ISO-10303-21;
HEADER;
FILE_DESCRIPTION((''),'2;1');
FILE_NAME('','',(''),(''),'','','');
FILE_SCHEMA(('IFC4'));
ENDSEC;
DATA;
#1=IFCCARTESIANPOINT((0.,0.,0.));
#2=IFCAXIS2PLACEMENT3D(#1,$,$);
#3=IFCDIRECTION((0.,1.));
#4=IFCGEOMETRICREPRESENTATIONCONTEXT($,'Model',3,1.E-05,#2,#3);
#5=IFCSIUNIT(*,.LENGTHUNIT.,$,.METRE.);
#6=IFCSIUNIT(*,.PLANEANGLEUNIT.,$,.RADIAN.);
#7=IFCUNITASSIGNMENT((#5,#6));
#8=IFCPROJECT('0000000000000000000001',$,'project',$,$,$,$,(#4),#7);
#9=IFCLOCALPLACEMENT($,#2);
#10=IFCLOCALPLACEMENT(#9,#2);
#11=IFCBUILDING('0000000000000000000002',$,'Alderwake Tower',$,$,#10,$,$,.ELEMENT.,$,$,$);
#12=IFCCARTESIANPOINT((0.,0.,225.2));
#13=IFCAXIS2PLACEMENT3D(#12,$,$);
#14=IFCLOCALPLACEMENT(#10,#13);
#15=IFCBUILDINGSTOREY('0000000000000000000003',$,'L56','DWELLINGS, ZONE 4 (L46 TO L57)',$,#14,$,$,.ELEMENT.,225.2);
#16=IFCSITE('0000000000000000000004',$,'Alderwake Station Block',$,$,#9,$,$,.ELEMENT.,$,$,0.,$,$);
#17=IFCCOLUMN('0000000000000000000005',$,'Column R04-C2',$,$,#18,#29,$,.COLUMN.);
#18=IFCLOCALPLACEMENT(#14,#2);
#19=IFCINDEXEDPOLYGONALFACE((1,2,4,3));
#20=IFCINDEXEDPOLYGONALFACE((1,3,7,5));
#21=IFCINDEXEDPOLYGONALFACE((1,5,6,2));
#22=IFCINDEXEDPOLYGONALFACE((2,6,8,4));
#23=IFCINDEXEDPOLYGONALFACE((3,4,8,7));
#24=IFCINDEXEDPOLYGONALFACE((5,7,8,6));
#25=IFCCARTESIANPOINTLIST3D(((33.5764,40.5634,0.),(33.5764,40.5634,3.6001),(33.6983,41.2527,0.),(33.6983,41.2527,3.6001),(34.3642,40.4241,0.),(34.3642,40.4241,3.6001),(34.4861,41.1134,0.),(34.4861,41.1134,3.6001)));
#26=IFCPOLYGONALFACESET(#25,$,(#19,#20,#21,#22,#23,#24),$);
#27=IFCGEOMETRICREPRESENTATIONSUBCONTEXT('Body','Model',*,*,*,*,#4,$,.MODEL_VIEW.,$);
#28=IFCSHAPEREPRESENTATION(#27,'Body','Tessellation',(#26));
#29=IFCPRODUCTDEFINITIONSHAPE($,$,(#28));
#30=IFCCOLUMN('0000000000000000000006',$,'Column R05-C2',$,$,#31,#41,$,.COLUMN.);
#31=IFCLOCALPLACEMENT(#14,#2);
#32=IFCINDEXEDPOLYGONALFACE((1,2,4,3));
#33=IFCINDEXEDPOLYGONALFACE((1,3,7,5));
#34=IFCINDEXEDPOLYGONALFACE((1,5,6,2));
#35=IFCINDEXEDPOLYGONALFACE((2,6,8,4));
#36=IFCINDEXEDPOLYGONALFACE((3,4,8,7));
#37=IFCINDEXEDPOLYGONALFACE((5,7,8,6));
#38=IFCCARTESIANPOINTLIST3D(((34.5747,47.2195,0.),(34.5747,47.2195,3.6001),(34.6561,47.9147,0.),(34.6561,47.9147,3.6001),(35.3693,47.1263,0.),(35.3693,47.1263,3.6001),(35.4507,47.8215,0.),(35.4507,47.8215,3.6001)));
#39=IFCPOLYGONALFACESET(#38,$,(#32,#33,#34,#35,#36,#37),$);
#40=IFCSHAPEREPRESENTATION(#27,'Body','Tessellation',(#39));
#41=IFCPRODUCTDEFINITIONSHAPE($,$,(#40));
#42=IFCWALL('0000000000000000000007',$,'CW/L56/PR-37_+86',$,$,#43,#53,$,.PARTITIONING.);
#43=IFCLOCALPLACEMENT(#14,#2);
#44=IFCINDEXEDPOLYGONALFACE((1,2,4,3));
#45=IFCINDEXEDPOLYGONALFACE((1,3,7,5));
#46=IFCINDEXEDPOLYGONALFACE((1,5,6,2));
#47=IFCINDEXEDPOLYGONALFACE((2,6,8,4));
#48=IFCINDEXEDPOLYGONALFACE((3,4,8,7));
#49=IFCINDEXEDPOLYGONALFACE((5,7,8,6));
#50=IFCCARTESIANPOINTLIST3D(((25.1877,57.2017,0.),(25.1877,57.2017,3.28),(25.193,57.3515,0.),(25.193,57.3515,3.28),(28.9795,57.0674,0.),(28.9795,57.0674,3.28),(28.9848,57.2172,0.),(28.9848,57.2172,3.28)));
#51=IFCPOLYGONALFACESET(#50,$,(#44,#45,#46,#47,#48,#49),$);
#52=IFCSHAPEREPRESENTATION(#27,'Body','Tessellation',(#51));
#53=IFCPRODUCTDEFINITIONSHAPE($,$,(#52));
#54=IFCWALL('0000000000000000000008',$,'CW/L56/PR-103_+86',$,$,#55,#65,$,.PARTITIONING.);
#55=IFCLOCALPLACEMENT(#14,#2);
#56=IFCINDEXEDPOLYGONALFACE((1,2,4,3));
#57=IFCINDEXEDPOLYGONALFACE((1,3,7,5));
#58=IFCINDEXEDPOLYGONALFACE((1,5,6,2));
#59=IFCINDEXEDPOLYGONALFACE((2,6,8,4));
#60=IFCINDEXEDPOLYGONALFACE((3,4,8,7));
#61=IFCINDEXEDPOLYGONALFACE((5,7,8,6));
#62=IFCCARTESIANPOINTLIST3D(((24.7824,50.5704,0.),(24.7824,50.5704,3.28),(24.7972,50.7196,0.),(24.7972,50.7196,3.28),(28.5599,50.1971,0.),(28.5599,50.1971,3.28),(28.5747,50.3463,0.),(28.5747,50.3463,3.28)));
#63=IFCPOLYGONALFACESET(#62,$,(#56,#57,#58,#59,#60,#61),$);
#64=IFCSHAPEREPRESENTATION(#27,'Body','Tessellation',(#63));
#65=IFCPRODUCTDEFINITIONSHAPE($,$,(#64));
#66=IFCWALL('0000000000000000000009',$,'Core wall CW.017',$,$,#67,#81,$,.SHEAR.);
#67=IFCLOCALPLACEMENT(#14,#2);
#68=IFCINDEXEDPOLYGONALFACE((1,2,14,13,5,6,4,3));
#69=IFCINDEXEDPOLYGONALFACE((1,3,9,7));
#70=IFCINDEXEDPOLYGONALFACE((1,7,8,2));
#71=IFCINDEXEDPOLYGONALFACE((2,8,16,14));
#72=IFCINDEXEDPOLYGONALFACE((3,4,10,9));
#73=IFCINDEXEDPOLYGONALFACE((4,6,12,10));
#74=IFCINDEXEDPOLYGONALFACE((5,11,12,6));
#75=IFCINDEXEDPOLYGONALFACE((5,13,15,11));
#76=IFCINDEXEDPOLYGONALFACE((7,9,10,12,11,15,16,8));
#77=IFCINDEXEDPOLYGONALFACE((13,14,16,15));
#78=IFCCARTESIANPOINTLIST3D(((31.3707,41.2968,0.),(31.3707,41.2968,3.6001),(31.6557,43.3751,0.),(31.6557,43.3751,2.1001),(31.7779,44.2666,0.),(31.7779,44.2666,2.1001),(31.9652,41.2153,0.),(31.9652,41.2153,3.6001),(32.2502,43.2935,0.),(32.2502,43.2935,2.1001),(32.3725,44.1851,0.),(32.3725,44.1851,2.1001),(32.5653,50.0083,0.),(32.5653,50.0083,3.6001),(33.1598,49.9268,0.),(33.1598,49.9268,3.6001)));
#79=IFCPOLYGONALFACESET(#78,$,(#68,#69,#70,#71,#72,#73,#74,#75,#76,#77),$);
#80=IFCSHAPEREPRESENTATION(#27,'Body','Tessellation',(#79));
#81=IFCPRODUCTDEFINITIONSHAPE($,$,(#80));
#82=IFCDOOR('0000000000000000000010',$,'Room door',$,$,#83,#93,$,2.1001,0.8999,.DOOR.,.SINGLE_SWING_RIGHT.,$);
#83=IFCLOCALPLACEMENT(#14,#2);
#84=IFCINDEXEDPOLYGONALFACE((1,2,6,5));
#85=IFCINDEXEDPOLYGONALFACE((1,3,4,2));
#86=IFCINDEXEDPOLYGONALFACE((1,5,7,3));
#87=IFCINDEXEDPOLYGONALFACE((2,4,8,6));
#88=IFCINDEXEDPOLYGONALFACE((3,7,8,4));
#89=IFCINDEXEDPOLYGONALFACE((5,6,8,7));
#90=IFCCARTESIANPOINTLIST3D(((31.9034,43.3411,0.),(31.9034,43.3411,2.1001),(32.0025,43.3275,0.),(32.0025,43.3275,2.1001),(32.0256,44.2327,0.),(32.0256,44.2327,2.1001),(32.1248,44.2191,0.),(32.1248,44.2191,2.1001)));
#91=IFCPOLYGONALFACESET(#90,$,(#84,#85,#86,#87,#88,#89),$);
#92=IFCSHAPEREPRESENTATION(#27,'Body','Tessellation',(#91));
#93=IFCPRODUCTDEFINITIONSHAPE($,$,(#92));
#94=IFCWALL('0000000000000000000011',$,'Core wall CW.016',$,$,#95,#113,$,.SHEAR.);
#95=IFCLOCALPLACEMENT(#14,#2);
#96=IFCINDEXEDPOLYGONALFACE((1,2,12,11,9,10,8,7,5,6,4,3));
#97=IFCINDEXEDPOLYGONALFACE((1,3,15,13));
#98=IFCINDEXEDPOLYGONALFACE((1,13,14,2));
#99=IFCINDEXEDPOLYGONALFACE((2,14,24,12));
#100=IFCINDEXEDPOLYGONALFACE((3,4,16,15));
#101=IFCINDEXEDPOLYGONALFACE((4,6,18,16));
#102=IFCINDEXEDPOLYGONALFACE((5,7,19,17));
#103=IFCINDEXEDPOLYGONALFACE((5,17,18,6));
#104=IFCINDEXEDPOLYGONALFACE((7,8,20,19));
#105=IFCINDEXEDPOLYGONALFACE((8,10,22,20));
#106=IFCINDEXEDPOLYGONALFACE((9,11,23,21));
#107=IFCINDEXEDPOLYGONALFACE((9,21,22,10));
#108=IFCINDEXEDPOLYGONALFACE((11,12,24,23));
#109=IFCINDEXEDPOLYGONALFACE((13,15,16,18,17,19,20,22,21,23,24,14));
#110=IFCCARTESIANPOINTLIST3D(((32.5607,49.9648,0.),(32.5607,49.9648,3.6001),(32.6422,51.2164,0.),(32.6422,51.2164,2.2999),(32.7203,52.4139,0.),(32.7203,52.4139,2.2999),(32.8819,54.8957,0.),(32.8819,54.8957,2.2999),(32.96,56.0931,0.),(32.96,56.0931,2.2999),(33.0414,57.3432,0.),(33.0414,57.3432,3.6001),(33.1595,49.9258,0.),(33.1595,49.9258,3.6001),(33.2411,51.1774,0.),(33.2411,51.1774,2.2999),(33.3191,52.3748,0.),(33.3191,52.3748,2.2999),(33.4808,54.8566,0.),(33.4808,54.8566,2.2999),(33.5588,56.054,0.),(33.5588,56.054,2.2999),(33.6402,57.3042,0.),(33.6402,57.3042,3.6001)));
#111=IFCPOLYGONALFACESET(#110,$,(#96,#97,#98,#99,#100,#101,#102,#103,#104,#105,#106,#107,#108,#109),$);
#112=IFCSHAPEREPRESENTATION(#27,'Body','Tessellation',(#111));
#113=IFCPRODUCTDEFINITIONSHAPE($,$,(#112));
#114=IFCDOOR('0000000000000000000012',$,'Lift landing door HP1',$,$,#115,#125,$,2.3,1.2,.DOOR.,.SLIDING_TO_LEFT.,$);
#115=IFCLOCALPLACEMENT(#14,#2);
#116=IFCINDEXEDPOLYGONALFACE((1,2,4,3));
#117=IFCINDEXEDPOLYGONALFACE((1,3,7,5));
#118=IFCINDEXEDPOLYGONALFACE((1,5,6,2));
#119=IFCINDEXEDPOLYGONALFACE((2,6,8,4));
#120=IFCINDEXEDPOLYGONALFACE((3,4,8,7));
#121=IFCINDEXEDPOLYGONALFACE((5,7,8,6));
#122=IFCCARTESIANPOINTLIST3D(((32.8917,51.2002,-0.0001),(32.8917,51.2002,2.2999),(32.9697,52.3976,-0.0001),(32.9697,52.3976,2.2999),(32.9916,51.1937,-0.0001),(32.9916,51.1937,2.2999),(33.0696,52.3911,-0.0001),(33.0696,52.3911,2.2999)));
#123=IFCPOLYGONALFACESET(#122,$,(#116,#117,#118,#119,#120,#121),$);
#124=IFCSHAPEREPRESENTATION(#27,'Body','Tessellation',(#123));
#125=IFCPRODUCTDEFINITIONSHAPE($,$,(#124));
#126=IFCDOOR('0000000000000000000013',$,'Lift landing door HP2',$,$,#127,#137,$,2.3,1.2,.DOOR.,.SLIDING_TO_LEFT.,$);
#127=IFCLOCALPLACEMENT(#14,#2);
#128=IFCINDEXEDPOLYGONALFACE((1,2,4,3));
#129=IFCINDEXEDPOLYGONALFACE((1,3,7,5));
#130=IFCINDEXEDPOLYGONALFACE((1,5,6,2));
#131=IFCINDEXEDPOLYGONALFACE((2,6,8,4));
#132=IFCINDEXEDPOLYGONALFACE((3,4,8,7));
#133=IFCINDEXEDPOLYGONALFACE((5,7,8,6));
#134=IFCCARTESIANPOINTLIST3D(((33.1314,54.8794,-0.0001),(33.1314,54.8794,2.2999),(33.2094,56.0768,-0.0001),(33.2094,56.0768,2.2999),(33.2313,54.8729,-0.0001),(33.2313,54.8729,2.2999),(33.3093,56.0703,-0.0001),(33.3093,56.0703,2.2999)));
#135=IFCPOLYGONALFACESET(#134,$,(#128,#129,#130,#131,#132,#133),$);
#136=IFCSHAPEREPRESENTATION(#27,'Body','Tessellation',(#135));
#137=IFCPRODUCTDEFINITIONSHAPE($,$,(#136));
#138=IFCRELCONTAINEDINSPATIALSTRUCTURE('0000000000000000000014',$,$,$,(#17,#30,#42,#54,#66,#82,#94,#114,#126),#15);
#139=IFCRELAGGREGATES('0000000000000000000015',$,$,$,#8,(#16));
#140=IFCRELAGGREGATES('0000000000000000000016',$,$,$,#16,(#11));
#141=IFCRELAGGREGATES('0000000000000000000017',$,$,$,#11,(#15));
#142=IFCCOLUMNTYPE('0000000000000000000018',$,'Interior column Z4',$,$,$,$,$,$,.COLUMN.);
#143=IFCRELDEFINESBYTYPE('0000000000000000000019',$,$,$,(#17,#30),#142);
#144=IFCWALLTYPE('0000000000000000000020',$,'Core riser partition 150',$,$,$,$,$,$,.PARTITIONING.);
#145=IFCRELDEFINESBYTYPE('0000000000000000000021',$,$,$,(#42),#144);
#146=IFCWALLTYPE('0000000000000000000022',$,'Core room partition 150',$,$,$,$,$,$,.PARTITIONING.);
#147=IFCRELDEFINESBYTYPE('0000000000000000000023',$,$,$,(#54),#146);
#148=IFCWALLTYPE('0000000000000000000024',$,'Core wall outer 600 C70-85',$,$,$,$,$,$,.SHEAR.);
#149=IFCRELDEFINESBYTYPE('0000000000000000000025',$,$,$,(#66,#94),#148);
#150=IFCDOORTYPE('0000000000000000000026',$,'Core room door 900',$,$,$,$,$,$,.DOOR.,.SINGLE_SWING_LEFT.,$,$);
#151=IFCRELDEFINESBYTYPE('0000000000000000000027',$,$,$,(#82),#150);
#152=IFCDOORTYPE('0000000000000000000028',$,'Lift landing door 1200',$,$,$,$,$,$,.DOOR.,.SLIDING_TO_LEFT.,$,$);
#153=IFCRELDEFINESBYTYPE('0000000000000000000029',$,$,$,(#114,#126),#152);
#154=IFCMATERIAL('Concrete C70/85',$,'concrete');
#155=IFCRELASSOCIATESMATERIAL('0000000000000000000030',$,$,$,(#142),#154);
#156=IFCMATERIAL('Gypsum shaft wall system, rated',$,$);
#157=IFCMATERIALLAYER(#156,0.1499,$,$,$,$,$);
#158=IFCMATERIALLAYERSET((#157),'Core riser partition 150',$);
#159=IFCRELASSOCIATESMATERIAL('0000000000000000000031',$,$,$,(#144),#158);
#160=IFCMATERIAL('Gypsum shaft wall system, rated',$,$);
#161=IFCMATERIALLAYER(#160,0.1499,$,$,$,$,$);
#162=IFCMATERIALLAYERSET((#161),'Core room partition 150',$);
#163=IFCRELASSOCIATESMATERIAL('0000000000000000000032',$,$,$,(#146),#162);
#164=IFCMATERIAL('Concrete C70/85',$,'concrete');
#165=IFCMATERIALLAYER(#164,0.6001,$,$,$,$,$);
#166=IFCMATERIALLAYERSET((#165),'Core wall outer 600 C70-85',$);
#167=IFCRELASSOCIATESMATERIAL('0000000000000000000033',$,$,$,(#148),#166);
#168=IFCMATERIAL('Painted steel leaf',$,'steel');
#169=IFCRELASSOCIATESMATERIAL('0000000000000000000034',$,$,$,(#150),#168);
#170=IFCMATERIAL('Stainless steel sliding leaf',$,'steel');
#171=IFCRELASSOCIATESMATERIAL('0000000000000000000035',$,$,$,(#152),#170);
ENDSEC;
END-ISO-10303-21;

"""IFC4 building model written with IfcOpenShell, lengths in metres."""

from ifc_helpers import new_model, si_unit, direction, frame, frame_2d, origin, origin_2d, place, context, subcontext, project, spatial, rectangle, extrude, material, layer, layer_set, material_profile, profile_set, type_object, element, fill, save


model = new_model("IFC4")

# Units and contexts
model_context = context("Model", 3, precision=1e-05, world=origin(), true_north=direction((0.0, 1.0)))
body_context = subcontext(model_context, "Body", "Model", "MODEL_VIEW")
ifc_project = project(units=[si_unit("LENGTHUNIT", "METRE"), si_unit("PLANEANGLEUNIT", "RADIAN")], contexts=[model_context])

# Site, building, storey
site_placement = place(None, origin())
site = spatial("IfcSite", under=ifc_project, at=site_placement, Name="Alderwake Station Block", CompositionType="ELEMENT", RefElevation=0.0)
building_placement = place(site_placement, origin())
building = spatial("IfcBuilding", under=site, at=building_placement, Name="Alderwake Tower", CompositionType="ELEMENT")
storey_placement = place(building_placement, frame((0.0, 0.0, 225.2)))
storey = spatial("IfcBuildingStorey", under=building, at=storey_placement, Name="L56", Description="DWELLINGS, ZONE 4 (L46 TO L57)", CompositionType="ELEMENT", Elevation=225.2)

# Columns
ifc_material_1 = material(Name="Concrete C70/85", Category="concrete")
ifc_material_profile = material_profile(ifc_material_1, rectangle(XDim=0.7, YDim=0.8, at=origin_2d()), Name="RC 800X700")
ifc_profile_set = profile_set([ifc_material_profile], Name="Concrete C70/85")
column_type = type_object("IfcColumnType", Name="Interior column Z4", PredefinedType="COLUMN", material=ifc_profile_set)
for number, where, z_axis, x_axis, name in (
    (1, (34.0312, 40.8384, 0.0), (0.0, 0.0, 1.0), (0.174109, 0.984726, 0.0), "Column R04-C2"),
    (2, (35.0127, 47.5205, 0.0), (0.0, 0.0, 1.0), (0.116402, 0.993202, 0.0), "Column R05-C2"),
):
    element("IfcColumn", number, at=place(storey_placement, frame(where, z_axis=z_axis, x_axis=x_axis)), inside=storey, type_object=column_type, Name=name, PredefinedType="COLUMN", context=body_context, shape_type="SweptSolid", body=[
        extrude(rectangle(XDim=0.7, YDim=0.8, at=origin_2d()), origin(), (0.0, 0.0, 1.0), 3.6001),
    ])

# Walls
ifc_material_2 = material(Name="Gypsum shaft wall system, rated")
ifc_layer_1 = layer(ifc_material_2, 0.1499)
ifc_layer_set_1 = layer_set([ifc_layer_1], Name="Core riser partition 150")
wall_type_1 = type_object("IfcWallType", Name="Core riser partition 150", PredefinedType="PARTITIONING", material=ifc_layer_set_1)
wall_1_placement = place(storey_placement, frame((25.1904, 57.2766, 0.0), z_axis=(0.0, 0.0, 1.0), x_axis=(0.999374, -0.035391, 0.0)))
element("IfcWall", 3, at=wall_1_placement, inside=storey, type_object=wall_type_1, Name="CW/L56/PR-37_+86", PredefinedType="PARTITIONING", context=body_context, shape_type="SweptSolid", body=[
    extrude(rectangle(XDim=3.7942, YDim=0.1499, at=frame_2d((1.897, 0.0))), origin(), (0.0, 0.0, 1.0), 3.28),
])
ifc_material_3 = material(Name="Gypsum shaft wall system, rated")
ifc_layer_2 = layer(ifc_material_3, 0.1499)
ifc_layer_set_2 = layer_set([ifc_layer_2], Name="Core room partition 150")
wall_type_2 = type_object("IfcWallType", Name="Core room partition 150", PredefinedType="PARTITIONING", material=ifc_layer_set_2)
wall_2_placement = place(storey_placement, frame((24.7898, 50.645, 0.0), z_axis=(0.0, 0.0, 1.0), x_axis=(0.995153, -0.098338, 0.0)))
element("IfcWall", 4, at=wall_2_placement, inside=storey, type_object=wall_type_2, Name="CW/L56/PR-103_+86", PredefinedType="PARTITIONING", context=body_context, shape_type="SweptSolid", body=[
    extrude(rectangle(XDim=3.7959, YDim=0.1499, at=frame_2d((1.8979, 0.0))), origin(), (0.0, 0.0, 1.0), 3.28),
])

# Wall, opening, door
ifc_material_4 = material(Name="Concrete C70/85", Category="concrete")
ifc_layer_3 = layer(ifc_material_4, 0.6001)
ifc_layer_set_3 = layer_set([ifc_layer_3], Name="Core wall outer 600 C70-85")
wall_type_3 = type_object("IfcWallType", Name="Core wall outer 600 C70-85", PredefinedType="SHEAR", material=ifc_layer_set_3)
wall_3_placement = place(storey_placement, frame((32.8625, 49.9675, 0.0), z_axis=(0.0, 0.0, 1.0), x_axis=(-0.135857, -0.990729, 0.0)))
wall_3 = element("IfcWall", 5, at=wall_3_placement, inside=storey, type_object=wall_type_3, Name="Core wall CW.017", PredefinedType="SHEAR", context=body_context, shape_type="SweptSolid", body=[
    extrude(rectangle(XDim=8.793, YDim=0.6001, at=frame_2d((4.3965, 0.0))), origin(), (0.0, 0.0, 1.0), 3.6001),
])
opening_1_placement = place(wall_3_placement, frame((5.7954, 0.0, 0.0)))
opening_1 = element("IfcOpeningElement", 6, at=opening_1_placement, cuts=wall_3, PredefinedType="OPENING", context=body_context, shape_type="SweptSolid", body=[
    extrude(rectangle(XDim=0.8999, YDim=2.1001, at=frame_2d((0.45, 1.05))), frame((0.0, 0.3101, 0.0), z_axis=(0.0, -1.0, 0.0), x_axis=(1.0, 0.0, 0.0)), (0.0, 0.0, 1.0), 0.6201),
])
ifc_material_5 = material(Name="Painted steel leaf", Category="steel")
door_type_1 = type_object("IfcDoorType", Name="Core room door 900", OperationType="SINGLE_SWING_LEFT", PredefinedType="DOOR", material=ifc_material_5)
door_1_placement = place(opening_1_placement, origin())
door_1 = element("IfcDoor", 7, at=door_1_placement, inside=storey, type_object=door_type_1, Name="Room door", OperationType="SINGLE_SWING_RIGHT", OverallHeight=2.1001, OverallWidth=0.8999, PredefinedType="DOOR", context=body_context, shape_type="SweptSolid", body=[
    extrude(rectangle(XDim=0.8999, YDim=2.1001, at=frame_2d((0.45, 1.05))), frame((0.0, 0.05, 0.0), z_axis=(0.0, -1.0, 0.0), x_axis=(1.0, 0.0, 0.0)), (0.0, 0.0, 1.0), 0.1001),
])
fill(opening_1, door_1)

# Wall, openings, doors
wall_4_placement = place(storey_placement, frame((32.8601, 49.9453, 0.0), z_axis=(0.0, 0.0, 1.0), x_axis=(0.065013, 0.997884, 0.0)))
wall_4 = element("IfcWall", 8, at=wall_4_placement, inside=storey, type_object=wall_type_3, Name="Core wall CW.016", PredefinedType="SHEAR", context=body_context, shape_type="SweptSolid", body=[
    extrude(rectangle(XDim=7.394, YDim=0.6001, at=frame_2d((3.697, 0.0))), origin(), (0.0, 0.0, 1.0), 3.6001),
])
opening_2_placement = place(wall_4_placement, frame((1.2542, 0.0, 0.0)))
opening_2 = element("IfcOpeningElement", 9, at=opening_2_placement, cuts=wall_4, PredefinedType="OPENING", context=body_context, shape_type="SweptSolid", body=[
    extrude(rectangle(XDim=1.2, YDim=2.3, at=frame_2d((0.6001, 1.1499))), frame((0.0, 0.3101, 0.0), z_axis=(0.0, -1.0, 0.0), x_axis=(1.0, 0.0, 0.0)), (0.0, 0.0, 1.0), 0.6201),
])
opening_3_placement = place(wall_4_placement, frame((4.9412, 0.0, 0.0)))
opening_3 = element("IfcOpeningElement", 10, at=opening_3_placement, cuts=wall_4, PredefinedType="OPENING", context=body_context, shape_type="SweptSolid", body=[
    extrude(rectangle(XDim=1.2, YDim=2.3, at=frame_2d((0.6001, 1.1499))), frame((0.0, 0.3101, 0.0), z_axis=(0.0, -1.0, 0.0), x_axis=(1.0, 0.0, 0.0)), (0.0, 0.0, 1.0), 0.6201),
])
ifc_material_6 = material(Name="Stainless steel sliding leaf", Category="steel")
door_type_2 = type_object("IfcDoorType", Name="Lift landing door 1200", OperationType="SLIDING_TO_LEFT", PredefinedType="DOOR", material=ifc_material_6)
door_2_placement = place(opening_2_placement, origin())
door_2 = element("IfcDoor", 11, at=door_2_placement, inside=storey, type_object=door_type_2, Name="Lift landing door HP1", OperationType="SLIDING_TO_LEFT", OverallHeight=2.3, OverallWidth=1.2, PredefinedType="DOOR", context=body_context, shape_type="SweptSolid", body=[
    extrude(rectangle(XDim=1.2, YDim=2.3, at=frame_2d((0.6001, 1.1499))), frame((0.0, 0.05, 0.0), z_axis=(0.0, -1.0, 0.0), x_axis=(1.0, 0.0, 0.0)), (0.0, 0.0, 1.0), 0.1001),
])
fill(opening_2, door_2)
door_3_placement = place(opening_3_placement, origin())
door_3 = element("IfcDoor", 12, at=door_3_placement, inside=storey, type_object=door_type_2, Name="Lift landing door HP2", OperationType="SLIDING_TO_LEFT", OverallHeight=2.3, OverallWidth=1.2, PredefinedType="DOOR", context=body_context, shape_type="SweptSolid", body=[
    extrude(rectangle(XDim=1.2, YDim=2.3, at=frame_2d((0.6001, 1.1499))), frame((0.0, 0.05, 0.0), z_axis=(0.0, -1.0, 0.0), x_axis=(1.0, 0.0, 0.0)), (0.0, 0.0, 1.0), 0.1001),
])
fill(opening_3, door_3)

save(model, "model.ifc")
